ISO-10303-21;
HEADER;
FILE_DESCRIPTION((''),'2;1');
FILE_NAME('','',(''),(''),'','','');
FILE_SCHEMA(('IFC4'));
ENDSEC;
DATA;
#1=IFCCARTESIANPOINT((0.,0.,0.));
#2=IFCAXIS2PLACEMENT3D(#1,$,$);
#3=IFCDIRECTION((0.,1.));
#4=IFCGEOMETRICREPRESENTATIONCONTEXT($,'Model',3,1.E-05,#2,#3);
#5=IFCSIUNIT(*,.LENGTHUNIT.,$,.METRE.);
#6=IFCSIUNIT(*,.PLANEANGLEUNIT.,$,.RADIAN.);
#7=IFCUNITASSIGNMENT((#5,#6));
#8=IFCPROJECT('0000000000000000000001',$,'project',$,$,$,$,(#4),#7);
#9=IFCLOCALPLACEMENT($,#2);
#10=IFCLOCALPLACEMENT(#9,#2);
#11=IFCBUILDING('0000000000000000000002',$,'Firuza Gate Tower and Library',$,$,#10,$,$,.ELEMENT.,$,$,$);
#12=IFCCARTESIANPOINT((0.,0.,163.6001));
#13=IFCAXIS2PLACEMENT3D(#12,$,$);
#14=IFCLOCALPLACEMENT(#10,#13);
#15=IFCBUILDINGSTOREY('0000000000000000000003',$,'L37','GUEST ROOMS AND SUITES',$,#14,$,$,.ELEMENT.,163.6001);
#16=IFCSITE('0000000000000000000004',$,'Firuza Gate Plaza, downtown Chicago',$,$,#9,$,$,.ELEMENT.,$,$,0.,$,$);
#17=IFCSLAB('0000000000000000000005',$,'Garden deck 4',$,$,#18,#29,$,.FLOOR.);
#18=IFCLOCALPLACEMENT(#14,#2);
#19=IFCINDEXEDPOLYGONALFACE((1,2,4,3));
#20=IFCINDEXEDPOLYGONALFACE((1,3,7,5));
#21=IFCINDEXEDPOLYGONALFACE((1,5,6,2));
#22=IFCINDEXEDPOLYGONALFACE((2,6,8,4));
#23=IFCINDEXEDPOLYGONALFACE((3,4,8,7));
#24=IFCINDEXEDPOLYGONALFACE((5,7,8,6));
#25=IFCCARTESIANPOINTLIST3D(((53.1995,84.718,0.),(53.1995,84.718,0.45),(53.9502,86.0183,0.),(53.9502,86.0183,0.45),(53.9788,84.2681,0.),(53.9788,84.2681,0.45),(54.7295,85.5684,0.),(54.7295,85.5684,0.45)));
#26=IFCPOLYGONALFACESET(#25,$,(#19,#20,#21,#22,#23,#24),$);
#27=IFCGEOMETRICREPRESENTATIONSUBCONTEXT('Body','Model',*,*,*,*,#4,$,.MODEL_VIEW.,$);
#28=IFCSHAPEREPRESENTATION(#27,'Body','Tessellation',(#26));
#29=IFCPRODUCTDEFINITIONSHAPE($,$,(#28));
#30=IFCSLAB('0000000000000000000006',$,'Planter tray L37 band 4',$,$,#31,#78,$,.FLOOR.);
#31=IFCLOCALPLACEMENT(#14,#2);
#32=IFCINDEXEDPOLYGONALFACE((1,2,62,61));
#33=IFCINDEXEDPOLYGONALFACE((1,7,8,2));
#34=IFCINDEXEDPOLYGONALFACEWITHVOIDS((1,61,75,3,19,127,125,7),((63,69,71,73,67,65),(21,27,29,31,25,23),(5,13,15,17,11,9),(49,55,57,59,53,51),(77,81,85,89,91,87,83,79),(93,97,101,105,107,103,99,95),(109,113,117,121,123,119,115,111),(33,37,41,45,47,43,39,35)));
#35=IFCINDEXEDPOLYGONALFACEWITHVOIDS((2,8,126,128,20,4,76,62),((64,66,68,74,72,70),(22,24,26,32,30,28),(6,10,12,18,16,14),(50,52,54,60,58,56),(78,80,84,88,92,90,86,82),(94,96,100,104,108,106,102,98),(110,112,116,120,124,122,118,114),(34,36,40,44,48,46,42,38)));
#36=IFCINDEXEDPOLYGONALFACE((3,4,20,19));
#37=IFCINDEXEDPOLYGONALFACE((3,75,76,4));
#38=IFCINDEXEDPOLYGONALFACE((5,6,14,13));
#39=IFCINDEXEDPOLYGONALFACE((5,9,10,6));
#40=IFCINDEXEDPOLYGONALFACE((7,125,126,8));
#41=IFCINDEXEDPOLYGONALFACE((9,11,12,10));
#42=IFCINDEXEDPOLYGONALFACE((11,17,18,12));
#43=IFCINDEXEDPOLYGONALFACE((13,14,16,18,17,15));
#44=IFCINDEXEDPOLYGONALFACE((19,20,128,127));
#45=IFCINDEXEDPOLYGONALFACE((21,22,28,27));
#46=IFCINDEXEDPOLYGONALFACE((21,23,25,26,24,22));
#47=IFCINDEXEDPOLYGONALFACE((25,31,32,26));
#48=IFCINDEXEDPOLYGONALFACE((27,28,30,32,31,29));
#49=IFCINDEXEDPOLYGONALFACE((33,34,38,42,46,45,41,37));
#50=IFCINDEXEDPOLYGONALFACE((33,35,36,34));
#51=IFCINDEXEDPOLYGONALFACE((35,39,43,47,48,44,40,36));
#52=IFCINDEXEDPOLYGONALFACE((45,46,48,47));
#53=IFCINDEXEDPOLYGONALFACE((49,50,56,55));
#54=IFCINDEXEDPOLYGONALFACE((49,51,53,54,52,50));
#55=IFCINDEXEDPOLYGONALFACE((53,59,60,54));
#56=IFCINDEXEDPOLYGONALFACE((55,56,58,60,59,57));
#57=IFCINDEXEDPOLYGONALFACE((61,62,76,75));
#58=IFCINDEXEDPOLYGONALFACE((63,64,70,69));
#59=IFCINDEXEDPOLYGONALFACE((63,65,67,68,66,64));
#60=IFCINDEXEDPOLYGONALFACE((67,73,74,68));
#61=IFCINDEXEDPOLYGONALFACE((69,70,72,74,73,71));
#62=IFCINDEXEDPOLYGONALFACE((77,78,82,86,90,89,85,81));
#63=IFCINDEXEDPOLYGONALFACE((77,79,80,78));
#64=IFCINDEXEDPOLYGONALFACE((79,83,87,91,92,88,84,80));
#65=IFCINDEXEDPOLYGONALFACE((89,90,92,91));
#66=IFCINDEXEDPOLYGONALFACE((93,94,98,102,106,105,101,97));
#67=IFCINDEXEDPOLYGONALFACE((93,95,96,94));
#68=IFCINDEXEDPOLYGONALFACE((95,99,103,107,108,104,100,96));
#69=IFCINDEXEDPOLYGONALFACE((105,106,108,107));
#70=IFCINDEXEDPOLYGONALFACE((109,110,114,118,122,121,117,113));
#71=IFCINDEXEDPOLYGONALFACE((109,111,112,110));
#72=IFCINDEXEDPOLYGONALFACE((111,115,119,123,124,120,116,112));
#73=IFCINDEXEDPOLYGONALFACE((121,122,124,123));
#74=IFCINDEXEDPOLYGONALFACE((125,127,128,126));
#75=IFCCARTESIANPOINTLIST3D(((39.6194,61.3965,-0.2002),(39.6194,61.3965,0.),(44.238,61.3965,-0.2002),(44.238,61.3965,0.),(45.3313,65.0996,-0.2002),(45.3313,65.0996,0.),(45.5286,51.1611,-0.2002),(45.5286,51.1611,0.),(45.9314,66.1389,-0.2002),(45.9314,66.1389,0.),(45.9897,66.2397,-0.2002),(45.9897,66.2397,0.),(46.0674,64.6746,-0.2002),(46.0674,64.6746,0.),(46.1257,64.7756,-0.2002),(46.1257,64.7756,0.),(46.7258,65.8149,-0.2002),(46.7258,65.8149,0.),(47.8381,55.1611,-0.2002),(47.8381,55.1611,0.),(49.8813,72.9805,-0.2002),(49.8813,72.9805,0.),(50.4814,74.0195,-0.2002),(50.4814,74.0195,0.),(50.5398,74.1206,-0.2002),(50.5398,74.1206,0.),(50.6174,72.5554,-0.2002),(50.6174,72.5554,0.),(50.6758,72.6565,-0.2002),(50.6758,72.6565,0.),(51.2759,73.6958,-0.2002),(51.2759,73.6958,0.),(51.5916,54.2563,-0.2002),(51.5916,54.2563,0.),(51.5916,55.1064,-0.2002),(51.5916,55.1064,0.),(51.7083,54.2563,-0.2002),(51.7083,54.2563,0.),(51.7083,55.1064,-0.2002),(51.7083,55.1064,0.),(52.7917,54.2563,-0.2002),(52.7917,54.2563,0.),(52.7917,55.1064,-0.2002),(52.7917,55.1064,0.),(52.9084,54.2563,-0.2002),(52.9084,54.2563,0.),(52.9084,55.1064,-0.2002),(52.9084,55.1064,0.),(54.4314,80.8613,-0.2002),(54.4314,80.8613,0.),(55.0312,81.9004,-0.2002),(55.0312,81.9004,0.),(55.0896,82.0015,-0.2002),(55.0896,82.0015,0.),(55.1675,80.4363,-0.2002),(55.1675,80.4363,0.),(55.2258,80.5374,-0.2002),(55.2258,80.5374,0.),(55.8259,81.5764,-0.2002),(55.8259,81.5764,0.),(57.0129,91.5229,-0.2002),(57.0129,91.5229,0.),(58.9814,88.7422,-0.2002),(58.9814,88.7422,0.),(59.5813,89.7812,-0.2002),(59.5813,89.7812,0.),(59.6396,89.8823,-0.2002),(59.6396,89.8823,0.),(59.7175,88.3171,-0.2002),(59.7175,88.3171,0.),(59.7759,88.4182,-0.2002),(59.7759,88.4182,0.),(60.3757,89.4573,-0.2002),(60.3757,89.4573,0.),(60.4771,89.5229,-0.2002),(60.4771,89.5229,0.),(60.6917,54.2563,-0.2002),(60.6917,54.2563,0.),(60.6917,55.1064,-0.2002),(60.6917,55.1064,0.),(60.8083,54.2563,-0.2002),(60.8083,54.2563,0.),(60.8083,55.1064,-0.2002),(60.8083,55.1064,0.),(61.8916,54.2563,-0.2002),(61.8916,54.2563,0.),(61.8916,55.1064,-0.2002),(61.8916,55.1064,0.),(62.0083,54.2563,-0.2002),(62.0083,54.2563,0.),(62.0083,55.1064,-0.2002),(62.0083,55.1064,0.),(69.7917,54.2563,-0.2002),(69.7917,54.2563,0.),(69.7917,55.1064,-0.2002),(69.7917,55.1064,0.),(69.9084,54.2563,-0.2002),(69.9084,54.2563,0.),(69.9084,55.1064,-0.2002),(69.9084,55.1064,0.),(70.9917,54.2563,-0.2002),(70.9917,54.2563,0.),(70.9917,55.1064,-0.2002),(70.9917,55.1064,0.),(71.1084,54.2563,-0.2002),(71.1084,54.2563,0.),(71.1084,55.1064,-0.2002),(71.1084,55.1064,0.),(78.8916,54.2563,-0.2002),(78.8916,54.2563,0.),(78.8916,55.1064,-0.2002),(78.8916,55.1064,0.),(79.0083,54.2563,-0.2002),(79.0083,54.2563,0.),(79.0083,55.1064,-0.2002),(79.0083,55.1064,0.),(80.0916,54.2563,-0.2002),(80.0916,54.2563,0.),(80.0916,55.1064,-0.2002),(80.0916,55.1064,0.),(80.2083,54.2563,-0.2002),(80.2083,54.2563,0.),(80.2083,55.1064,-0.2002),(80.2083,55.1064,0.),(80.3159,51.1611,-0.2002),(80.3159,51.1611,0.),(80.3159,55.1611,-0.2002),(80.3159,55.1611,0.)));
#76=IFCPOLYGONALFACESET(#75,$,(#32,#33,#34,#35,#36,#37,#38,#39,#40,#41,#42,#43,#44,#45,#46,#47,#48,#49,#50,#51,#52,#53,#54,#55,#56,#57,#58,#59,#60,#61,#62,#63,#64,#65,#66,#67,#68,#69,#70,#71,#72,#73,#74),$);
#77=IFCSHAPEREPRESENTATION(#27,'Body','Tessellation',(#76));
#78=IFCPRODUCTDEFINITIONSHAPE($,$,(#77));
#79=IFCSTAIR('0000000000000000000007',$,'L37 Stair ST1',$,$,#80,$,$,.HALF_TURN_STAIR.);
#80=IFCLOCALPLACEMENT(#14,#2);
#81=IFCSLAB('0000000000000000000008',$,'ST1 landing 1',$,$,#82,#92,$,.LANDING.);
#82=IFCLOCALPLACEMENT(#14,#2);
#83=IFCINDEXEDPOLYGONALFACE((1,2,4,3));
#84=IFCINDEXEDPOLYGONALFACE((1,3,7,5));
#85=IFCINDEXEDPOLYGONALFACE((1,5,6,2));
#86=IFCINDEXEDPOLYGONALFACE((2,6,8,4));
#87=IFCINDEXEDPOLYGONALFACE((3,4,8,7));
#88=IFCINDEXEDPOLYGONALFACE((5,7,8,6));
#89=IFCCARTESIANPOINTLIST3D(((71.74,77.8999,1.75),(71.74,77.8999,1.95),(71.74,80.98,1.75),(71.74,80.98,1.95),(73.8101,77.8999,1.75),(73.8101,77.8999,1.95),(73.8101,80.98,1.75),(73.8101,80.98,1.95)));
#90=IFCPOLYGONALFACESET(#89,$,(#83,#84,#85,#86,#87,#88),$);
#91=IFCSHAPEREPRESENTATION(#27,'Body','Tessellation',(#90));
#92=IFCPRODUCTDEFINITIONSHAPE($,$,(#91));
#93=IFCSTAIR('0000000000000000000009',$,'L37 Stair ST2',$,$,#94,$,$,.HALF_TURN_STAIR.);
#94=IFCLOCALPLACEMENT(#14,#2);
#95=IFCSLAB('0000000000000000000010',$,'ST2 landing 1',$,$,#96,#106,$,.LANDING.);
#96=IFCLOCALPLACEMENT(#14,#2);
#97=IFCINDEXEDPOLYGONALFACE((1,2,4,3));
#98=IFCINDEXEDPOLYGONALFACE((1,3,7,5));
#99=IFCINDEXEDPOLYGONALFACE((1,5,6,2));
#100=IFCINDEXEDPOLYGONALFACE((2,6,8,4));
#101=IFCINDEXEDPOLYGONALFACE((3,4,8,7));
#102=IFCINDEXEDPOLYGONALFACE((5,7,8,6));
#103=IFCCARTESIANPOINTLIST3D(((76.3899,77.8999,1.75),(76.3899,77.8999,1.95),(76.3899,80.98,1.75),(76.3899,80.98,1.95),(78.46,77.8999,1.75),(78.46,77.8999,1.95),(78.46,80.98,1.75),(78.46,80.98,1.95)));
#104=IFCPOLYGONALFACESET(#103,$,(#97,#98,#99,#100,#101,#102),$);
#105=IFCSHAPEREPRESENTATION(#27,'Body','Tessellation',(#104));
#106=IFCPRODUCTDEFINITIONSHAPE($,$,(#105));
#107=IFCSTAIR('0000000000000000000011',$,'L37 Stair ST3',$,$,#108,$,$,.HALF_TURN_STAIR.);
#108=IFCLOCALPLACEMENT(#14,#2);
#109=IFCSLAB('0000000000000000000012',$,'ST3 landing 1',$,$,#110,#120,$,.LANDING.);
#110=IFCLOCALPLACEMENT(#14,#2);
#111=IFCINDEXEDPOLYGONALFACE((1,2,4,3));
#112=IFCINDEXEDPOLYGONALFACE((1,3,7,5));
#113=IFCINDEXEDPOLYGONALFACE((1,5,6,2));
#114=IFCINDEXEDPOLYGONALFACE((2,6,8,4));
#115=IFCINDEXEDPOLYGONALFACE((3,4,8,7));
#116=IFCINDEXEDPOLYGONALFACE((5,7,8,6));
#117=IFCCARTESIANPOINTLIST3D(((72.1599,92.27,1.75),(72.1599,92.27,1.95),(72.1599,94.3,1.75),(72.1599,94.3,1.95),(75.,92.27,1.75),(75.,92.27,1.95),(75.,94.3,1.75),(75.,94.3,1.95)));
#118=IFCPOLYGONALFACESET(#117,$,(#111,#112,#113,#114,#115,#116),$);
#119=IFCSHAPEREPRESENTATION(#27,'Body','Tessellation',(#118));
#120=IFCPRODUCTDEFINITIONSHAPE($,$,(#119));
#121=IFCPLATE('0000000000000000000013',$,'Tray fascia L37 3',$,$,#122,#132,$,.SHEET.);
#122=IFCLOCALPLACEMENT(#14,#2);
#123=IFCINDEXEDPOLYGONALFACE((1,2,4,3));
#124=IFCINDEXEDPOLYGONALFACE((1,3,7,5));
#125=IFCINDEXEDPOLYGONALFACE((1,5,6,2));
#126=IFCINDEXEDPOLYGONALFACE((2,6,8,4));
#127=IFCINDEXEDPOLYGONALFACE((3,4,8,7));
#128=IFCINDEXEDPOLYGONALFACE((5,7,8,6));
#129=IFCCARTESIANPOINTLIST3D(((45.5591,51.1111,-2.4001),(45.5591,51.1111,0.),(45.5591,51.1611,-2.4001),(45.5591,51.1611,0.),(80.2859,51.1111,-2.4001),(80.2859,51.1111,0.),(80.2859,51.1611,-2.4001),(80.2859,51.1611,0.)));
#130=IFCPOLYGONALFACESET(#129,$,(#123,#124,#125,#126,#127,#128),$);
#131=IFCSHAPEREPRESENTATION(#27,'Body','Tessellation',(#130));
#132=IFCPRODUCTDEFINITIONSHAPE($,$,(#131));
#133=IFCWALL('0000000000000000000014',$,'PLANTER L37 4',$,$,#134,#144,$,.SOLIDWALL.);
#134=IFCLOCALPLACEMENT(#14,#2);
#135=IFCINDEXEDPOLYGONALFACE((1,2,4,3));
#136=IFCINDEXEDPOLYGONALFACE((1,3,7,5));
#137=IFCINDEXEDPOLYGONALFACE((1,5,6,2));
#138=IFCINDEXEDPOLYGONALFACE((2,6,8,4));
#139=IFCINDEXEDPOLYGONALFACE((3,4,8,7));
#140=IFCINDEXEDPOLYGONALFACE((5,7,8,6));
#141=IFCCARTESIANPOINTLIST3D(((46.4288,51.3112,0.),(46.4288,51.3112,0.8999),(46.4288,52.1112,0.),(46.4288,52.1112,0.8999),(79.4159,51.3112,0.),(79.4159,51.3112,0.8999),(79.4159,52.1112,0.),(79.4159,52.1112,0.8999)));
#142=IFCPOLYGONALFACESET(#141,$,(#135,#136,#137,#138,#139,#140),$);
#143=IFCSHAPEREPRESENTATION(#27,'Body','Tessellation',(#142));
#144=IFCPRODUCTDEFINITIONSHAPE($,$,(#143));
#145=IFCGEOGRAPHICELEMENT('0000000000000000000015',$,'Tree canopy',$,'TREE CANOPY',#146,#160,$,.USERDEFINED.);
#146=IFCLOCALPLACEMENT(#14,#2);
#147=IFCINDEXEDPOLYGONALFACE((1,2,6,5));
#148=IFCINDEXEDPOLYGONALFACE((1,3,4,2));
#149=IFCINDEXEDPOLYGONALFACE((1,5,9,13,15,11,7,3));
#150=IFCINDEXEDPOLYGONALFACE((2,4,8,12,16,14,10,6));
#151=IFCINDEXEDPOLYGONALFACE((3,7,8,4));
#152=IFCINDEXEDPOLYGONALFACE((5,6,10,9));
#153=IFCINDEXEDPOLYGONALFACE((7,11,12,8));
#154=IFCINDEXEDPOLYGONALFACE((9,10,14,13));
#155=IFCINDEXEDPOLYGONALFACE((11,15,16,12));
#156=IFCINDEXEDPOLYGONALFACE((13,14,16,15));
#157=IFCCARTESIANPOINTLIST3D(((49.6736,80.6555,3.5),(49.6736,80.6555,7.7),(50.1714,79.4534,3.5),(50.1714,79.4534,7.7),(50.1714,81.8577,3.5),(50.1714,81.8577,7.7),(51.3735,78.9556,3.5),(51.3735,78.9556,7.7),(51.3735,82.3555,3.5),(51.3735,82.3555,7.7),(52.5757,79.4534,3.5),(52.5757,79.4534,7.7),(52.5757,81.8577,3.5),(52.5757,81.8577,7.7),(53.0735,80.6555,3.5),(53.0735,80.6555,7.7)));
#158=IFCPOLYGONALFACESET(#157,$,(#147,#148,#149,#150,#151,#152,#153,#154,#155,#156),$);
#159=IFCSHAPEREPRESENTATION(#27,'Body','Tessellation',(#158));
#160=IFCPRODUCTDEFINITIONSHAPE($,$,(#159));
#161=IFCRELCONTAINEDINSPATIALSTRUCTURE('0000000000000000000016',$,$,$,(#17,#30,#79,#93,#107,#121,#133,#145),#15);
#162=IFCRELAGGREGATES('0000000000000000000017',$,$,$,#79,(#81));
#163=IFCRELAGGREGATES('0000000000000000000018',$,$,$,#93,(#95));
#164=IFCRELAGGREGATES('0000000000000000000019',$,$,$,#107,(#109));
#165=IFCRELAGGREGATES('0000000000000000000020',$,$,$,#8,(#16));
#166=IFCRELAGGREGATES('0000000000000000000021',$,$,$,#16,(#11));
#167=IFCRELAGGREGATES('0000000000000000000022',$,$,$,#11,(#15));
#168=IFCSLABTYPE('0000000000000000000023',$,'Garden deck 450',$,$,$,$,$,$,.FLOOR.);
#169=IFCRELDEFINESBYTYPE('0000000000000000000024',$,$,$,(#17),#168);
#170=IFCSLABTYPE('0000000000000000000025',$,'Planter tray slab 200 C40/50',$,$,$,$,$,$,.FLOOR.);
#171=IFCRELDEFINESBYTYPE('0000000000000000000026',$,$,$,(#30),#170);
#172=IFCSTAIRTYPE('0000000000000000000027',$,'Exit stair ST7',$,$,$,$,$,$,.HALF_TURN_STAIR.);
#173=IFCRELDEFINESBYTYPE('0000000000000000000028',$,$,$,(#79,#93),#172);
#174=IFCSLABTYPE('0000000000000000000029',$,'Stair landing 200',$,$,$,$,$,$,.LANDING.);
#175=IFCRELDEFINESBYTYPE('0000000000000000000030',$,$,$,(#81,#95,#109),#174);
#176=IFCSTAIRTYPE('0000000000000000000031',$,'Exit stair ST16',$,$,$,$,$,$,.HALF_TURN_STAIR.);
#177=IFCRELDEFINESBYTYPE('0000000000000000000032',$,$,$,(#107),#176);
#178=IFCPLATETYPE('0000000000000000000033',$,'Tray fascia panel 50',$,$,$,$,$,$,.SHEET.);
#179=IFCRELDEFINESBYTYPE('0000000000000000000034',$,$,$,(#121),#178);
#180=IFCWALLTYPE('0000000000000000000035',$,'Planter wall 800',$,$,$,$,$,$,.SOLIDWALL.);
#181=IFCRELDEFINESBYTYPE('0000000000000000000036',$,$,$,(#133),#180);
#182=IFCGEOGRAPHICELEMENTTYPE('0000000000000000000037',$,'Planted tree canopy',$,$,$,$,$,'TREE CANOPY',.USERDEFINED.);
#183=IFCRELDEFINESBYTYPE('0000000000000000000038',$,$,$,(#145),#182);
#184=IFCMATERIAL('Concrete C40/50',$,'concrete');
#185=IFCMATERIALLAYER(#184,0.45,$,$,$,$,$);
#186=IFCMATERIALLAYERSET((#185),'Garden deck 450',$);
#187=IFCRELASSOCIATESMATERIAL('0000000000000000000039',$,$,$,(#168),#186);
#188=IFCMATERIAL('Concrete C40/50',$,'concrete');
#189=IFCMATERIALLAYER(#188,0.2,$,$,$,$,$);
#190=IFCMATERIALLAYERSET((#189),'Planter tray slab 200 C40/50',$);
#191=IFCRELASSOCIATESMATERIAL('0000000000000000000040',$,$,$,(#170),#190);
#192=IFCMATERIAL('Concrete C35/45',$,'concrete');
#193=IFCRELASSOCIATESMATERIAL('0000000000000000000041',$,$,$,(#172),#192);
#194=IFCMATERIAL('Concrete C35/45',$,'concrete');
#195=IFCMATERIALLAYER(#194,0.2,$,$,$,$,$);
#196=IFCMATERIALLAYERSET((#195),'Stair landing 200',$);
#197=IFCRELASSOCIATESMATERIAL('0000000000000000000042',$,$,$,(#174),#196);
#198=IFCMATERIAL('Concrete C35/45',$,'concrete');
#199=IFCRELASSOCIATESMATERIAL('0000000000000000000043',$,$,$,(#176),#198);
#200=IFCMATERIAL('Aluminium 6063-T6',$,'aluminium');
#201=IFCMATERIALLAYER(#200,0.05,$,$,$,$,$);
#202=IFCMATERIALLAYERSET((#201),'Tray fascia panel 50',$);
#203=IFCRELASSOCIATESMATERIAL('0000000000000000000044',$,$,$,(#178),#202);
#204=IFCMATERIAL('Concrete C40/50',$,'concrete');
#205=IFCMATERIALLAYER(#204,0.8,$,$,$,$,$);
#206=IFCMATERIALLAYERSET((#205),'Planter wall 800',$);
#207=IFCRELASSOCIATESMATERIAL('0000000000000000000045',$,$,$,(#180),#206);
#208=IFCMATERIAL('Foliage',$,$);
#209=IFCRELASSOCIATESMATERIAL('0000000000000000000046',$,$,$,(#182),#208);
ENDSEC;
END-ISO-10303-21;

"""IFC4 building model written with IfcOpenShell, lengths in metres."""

from ifc_helpers import new_model, si_unit, direction, frame, frame_2d, origin, place, context, subcontext, project, spatial, polyline, rectangle, outline, extrude, material, layer, layer_set, type_object, element, aggregate, save


model = new_model("IFC4")

# Units and contexts
model_context = context("Model", 3, precision=1e-05, world=origin(), true_north=direction((0.0, 1.0)))
body_context = subcontext(model_context, "Body", "Model", "MODEL_VIEW")
ifc_project = project(units=[si_unit("LENGTHUNIT", "METRE"), si_unit("PLANEANGLEUNIT", "RADIAN")], contexts=[model_context])

# Site, building, storey
site_placement = place(None, origin())
site = spatial("IfcSite", under=ifc_project, at=site_placement, Name="Firuza Gate Plaza, downtown Chicago", CompositionType="ELEMENT", RefElevation=0.0)
building_placement = place(site_placement, origin())
building = spatial("IfcBuilding", under=site, at=building_placement, Name="Firuza Gate Tower and Library", CompositionType="ELEMENT")
storey_placement = place(building_placement, frame((0.0, 0.0, 163.6001)))
storey = spatial("IfcBuildingStorey", under=building, at=storey_placement, Name="L37", Description="GUEST ROOMS AND SUITES", CompositionType="ELEMENT", Elevation=163.6001)

# Slabs
placement_1 = place(storey_placement, frame((0.0, 0.0, -0.2002)))
ifc_material_1 = material(Name="Concrete C40/50", Category="concrete")
ifc_layer_1 = layer(ifc_material_1, 0.45)
ifc_layer_set_1 = layer_set([ifc_layer_1], Name="Garden deck 450")
slab_type_1 = type_object("IfcSlabType", Name="Garden deck 450", PredefinedType="FLOOR", material=ifc_layer_set_1)
placement_2 = place(storey_placement, origin())
element("IfcSlab", 1, at=placement_2, inside=storey, type_object=slab_type_1, Name="Garden deck 4", PredefinedType="FLOOR", context=body_context, shape_type="SweptSolid", body=[
    extrude(outline(polyline([(53.9502, 86.0183), (53.1995, 84.718), (53.9788, 84.2681), (54.7295, 85.5684), (53.9502, 86.0183)])), origin(), (0.0, 0.0, 1.0), 0.45),
])
ifc_material_2 = material(Name="Concrete C40/50", Category="concrete")
ifc_layer_2 = layer(ifc_material_2, 0.2)
ifc_layer_set_2 = layer_set([ifc_layer_2], Name="Planter tray slab 200 C40/50")
slab_type_2 = type_object("IfcSlabType", Name="Planter tray slab 200 C40/50", PredefinedType="FLOOR", material=ifc_layer_set_2)
element("IfcSlab", 2, at=placement_1, inside=storey, type_object=slab_type_2, Name="Planter tray L37 band 4", PredefinedType="FLOOR", context=body_context, shape_type="SweptSolid", body=[
    extrude(outline(polyline([(60.4771, 89.5229), (57.0129, 91.5229), (39.6194, 61.3965), (45.5286, 51.1611), (80.3159, 51.1611), (80.3159, 55.1611), (47.8381, 55.1611), (44.238, 61.3965), (60.4771, 89.5229)]), holes=[polyline([(69.9084, 55.1064), (70.9917, 55.1064), (71.1084, 55.1064), (71.1084, 54.2563), (70.9917, 54.2563), (69.9084, 54.2563), (69.7917, 54.2563), (69.7917, 55.1064), (69.9084, 55.1064)]), polyline([(52.7917, 55.1064), (52.9084, 55.1064), (52.9084, 54.2563), (52.7917, 54.2563), (51.7083, 54.2563), (51.5916, 54.2563), (51.5916, 55.1064), (51.7083, 55.1064), (52.7917, 55.1064)]), polyline([(60.8083, 55.1064), (61.8916, 55.1064), (62.0083, 55.1064), (62.0083, 54.2563), (61.8916, 54.2563), (60.8083, 54.2563), (60.6917, 54.2563), (60.6917, 55.1064), (60.8083, 55.1064)]), polyline([(45.9314, 66.1389), (45.9897, 66.2397), (46.7258, 65.8149), (46.1257, 64.7756), (46.1257, 64.7756), (46.0674, 64.6746), (45.3313, 65.0996), (45.9314, 66.1389), (45.9314, 66.1389)]), polyline([(50.4814, 74.0195), (50.5398, 74.1206), (51.2759, 73.6958), (50.6758, 72.6565), (50.6758, 72.6565), (50.6174, 72.5554), (49.8813, 72.9805), (50.4814, 74.0195), (50.4814, 74.0195)]), polyline([(55.0312, 81.9004), (55.0312, 81.9004), (55.0896, 82.0015), (55.8259, 81.5764), (55.2258, 80.5374), (55.2258, 80.5374), (55.1675, 80.4363), (54.4314, 80.8613), (55.0312, 81.9004)]), polyline([(59.5813, 89.7812), (59.5813, 89.7812), (59.6396, 89.8823), (60.3757, 89.4573), (59.7759, 88.4182), (59.7759, 88.4182), (59.7175, 88.3171), (58.9814, 88.7422), (59.5813, 89.7812)]), polyline([(79.0083, 55.1064), (80.0916, 55.1064), (80.2083, 55.1064), (80.2083, 54.2563), (80.0916, 54.2563), (79.0083, 54.2563), (78.8916, 54.2563), (78.8916, 55.1064), (79.0083, 55.1064)])]), origin(), (0.0, 0.0, 1.0), 0.2002),
])

# Stairs, slabs
ifc_material_3 = material(Name="Concrete C35/45", Category="concrete")
stair_type_1 = type_object("IfcStairType", Name="Exit stair ST7", PredefinedType="HALF_TURN_STAIR", material=ifc_material_3)
stair_1 = element("IfcStair", 3, at=placement_2, inside=storey, type_object=stair_type_1, Name="L37 Stair ST1", PredefinedType="HALF_TURN_STAIR")
ifc_material_4 = material(Name="Concrete C35/45", Category="concrete")
ifc_layer_3 = layer(ifc_material_4, 0.2)
ifc_layer_set_3 = layer_set([ifc_layer_3], Name="Stair landing 200")
slab_type_3 = type_object("IfcSlabType", Name="Stair landing 200", PredefinedType="LANDING", material=ifc_layer_set_3)
placement_3 = place(storey_placement, frame((0.0, 0.0, 1.75)))
slab_1 = element("IfcSlab", 4, at=placement_3, type_object=slab_type_3, Name="ST1 landing 1", PredefinedType="LANDING", context=body_context, shape_type="SweptSolid", body=[
    extrude(outline(polyline([(71.74, 77.8999), (73.8101, 77.8999), (73.8101, 80.98), (71.74, 80.98), (71.74, 77.8999)])), origin(), (0.0, 0.0, 1.0), 0.2),
])
aggregate(stair_1, [slab_1])
stair_2 = element("IfcStair", 5, at=placement_2, inside=storey, type_object=stair_type_1, Name="L37 Stair ST2", PredefinedType="HALF_TURN_STAIR")
slab_2 = element("IfcSlab", 6, at=placement_3, type_object=slab_type_3, Name="ST2 landing 1", PredefinedType="LANDING", context=body_context, shape_type="SweptSolid", body=[
    extrude(outline(polyline([(78.46, 80.98), (76.3899, 80.98), (76.3899, 77.8999), (78.46, 77.8999), (78.46, 80.98)])), origin(), (0.0, 0.0, 1.0), 0.2),
])
aggregate(stair_2, [slab_2])
ifc_material_5 = material(Name="Concrete C35/45", Category="concrete")
stair_type_2 = type_object("IfcStairType", Name="Exit stair ST16", PredefinedType="HALF_TURN_STAIR", material=ifc_material_5)
stair_3 = element("IfcStair", 7, at=placement_2, inside=storey, type_object=stair_type_2, Name="L37 Stair ST3", PredefinedType="HALF_TURN_STAIR")
slab_3 = element("IfcSlab", 8, at=placement_3, type_object=slab_type_3, Name="ST3 landing 1", PredefinedType="LANDING", context=body_context, shape_type="SweptSolid", body=[
    extrude(outline(polyline([(75.0, 92.27), (75.0, 94.3), (72.1599, 94.3), (72.1599, 92.27), (75.0, 92.27)])), origin(), (0.0, 0.0, 1.0), 0.2),
])
aggregate(stair_3, [slab_3])

# Plate
ifc_material_6 = material(Name="Aluminium 6063-T6", Category="aluminium")
ifc_layer_4 = layer(ifc_material_6, 0.05)
ifc_layer_set_4 = layer_set([ifc_layer_4], Name="Tray fascia panel 50")
plate_type_1 = type_object("IfcPlateType", Name="Tray fascia panel 50", PredefinedType="SHEET", material=ifc_layer_set_4)
plate_1_placement = place(storey_placement, frame((45.5591, 51.1111, -2.4001), z_axis=(0.0, -1.0, 0.0), x_axis=(1.0, 0.0, 0.0)))
element("IfcPlate", 9, at=plate_1_placement, inside=storey, type_object=plate_type_1, Name="Tray fascia L37 3", PredefinedType="SHEET", context=body_context, shape_type="SweptSolid", body=[
    extrude(outline(polyline([(0.0, 0.0), (34.7268, 0.0), (34.7268, 2.4001), (0.0, 2.4001), (0.0, 0.0)])), origin(), (0.0, 0.0, -1.0), 0.05),
])

# Wall
ifc_material_7 = material(Name="Concrete C40/50", Category="concrete")
ifc_layer_5 = layer(ifc_material_7, 0.8)
ifc_layer_set_5 = layer_set([ifc_layer_5], Name="Planter wall 800")
wall_type = type_object("IfcWallType", Name="Planter wall 800", PredefinedType="SOLIDWALL", material=ifc_layer_set_5)
wall_placement = place(storey_placement, frame((46.4287, 51.7112, 0.0), z_axis=(0.0, 0.0, 1.0), x_axis=(1.0, 0.0, 0.0)))
element("IfcWall", 10, at=wall_placement, inside=storey, type_object=wall_type, Name="PLANTER L37 4", PredefinedType="SOLIDWALL", context=body_context, shape_type="SweptSolid", body=[
    extrude(rectangle(XDim=32.9871, YDim=0.8, at=frame_2d((16.4937, 0.0))), origin(), (0.0, 0.0, 1.0), 0.8999),
])

# Geographic element
ifc_material_8 = material(Name="Foliage")
geographic_element_type = type_object("IfcGeographicElementType", Name="Planted tree canopy", ElementType="TREE CANOPY", PredefinedType="USERDEFINED", material=ifc_material_8)
placement_4 = place(storey_placement, frame((0.0, 0.0, 3.5)))
element("IfcGeographicElement", 11, at=placement_4, inside=storey, type_object=geographic_element_type, Name="Tree canopy", ObjectType="TREE CANOPY", PredefinedType="USERDEFINED", context=body_context, shape_type="SweptSolid", body=[
    extrude(outline(polyline([(53.0735, 80.6555), (52.5757, 81.8577), (51.3735, 82.3555), (50.1714, 81.8577), (49.6736, 80.6555), (50.1714, 79.4534), (51.3735, 78.9556), (52.5757, 79.4534), (53.0735, 80.6555)])), origin(), (0.0, 0.0, 1.0), 4.2),
])

save(model, "model.ifc")
